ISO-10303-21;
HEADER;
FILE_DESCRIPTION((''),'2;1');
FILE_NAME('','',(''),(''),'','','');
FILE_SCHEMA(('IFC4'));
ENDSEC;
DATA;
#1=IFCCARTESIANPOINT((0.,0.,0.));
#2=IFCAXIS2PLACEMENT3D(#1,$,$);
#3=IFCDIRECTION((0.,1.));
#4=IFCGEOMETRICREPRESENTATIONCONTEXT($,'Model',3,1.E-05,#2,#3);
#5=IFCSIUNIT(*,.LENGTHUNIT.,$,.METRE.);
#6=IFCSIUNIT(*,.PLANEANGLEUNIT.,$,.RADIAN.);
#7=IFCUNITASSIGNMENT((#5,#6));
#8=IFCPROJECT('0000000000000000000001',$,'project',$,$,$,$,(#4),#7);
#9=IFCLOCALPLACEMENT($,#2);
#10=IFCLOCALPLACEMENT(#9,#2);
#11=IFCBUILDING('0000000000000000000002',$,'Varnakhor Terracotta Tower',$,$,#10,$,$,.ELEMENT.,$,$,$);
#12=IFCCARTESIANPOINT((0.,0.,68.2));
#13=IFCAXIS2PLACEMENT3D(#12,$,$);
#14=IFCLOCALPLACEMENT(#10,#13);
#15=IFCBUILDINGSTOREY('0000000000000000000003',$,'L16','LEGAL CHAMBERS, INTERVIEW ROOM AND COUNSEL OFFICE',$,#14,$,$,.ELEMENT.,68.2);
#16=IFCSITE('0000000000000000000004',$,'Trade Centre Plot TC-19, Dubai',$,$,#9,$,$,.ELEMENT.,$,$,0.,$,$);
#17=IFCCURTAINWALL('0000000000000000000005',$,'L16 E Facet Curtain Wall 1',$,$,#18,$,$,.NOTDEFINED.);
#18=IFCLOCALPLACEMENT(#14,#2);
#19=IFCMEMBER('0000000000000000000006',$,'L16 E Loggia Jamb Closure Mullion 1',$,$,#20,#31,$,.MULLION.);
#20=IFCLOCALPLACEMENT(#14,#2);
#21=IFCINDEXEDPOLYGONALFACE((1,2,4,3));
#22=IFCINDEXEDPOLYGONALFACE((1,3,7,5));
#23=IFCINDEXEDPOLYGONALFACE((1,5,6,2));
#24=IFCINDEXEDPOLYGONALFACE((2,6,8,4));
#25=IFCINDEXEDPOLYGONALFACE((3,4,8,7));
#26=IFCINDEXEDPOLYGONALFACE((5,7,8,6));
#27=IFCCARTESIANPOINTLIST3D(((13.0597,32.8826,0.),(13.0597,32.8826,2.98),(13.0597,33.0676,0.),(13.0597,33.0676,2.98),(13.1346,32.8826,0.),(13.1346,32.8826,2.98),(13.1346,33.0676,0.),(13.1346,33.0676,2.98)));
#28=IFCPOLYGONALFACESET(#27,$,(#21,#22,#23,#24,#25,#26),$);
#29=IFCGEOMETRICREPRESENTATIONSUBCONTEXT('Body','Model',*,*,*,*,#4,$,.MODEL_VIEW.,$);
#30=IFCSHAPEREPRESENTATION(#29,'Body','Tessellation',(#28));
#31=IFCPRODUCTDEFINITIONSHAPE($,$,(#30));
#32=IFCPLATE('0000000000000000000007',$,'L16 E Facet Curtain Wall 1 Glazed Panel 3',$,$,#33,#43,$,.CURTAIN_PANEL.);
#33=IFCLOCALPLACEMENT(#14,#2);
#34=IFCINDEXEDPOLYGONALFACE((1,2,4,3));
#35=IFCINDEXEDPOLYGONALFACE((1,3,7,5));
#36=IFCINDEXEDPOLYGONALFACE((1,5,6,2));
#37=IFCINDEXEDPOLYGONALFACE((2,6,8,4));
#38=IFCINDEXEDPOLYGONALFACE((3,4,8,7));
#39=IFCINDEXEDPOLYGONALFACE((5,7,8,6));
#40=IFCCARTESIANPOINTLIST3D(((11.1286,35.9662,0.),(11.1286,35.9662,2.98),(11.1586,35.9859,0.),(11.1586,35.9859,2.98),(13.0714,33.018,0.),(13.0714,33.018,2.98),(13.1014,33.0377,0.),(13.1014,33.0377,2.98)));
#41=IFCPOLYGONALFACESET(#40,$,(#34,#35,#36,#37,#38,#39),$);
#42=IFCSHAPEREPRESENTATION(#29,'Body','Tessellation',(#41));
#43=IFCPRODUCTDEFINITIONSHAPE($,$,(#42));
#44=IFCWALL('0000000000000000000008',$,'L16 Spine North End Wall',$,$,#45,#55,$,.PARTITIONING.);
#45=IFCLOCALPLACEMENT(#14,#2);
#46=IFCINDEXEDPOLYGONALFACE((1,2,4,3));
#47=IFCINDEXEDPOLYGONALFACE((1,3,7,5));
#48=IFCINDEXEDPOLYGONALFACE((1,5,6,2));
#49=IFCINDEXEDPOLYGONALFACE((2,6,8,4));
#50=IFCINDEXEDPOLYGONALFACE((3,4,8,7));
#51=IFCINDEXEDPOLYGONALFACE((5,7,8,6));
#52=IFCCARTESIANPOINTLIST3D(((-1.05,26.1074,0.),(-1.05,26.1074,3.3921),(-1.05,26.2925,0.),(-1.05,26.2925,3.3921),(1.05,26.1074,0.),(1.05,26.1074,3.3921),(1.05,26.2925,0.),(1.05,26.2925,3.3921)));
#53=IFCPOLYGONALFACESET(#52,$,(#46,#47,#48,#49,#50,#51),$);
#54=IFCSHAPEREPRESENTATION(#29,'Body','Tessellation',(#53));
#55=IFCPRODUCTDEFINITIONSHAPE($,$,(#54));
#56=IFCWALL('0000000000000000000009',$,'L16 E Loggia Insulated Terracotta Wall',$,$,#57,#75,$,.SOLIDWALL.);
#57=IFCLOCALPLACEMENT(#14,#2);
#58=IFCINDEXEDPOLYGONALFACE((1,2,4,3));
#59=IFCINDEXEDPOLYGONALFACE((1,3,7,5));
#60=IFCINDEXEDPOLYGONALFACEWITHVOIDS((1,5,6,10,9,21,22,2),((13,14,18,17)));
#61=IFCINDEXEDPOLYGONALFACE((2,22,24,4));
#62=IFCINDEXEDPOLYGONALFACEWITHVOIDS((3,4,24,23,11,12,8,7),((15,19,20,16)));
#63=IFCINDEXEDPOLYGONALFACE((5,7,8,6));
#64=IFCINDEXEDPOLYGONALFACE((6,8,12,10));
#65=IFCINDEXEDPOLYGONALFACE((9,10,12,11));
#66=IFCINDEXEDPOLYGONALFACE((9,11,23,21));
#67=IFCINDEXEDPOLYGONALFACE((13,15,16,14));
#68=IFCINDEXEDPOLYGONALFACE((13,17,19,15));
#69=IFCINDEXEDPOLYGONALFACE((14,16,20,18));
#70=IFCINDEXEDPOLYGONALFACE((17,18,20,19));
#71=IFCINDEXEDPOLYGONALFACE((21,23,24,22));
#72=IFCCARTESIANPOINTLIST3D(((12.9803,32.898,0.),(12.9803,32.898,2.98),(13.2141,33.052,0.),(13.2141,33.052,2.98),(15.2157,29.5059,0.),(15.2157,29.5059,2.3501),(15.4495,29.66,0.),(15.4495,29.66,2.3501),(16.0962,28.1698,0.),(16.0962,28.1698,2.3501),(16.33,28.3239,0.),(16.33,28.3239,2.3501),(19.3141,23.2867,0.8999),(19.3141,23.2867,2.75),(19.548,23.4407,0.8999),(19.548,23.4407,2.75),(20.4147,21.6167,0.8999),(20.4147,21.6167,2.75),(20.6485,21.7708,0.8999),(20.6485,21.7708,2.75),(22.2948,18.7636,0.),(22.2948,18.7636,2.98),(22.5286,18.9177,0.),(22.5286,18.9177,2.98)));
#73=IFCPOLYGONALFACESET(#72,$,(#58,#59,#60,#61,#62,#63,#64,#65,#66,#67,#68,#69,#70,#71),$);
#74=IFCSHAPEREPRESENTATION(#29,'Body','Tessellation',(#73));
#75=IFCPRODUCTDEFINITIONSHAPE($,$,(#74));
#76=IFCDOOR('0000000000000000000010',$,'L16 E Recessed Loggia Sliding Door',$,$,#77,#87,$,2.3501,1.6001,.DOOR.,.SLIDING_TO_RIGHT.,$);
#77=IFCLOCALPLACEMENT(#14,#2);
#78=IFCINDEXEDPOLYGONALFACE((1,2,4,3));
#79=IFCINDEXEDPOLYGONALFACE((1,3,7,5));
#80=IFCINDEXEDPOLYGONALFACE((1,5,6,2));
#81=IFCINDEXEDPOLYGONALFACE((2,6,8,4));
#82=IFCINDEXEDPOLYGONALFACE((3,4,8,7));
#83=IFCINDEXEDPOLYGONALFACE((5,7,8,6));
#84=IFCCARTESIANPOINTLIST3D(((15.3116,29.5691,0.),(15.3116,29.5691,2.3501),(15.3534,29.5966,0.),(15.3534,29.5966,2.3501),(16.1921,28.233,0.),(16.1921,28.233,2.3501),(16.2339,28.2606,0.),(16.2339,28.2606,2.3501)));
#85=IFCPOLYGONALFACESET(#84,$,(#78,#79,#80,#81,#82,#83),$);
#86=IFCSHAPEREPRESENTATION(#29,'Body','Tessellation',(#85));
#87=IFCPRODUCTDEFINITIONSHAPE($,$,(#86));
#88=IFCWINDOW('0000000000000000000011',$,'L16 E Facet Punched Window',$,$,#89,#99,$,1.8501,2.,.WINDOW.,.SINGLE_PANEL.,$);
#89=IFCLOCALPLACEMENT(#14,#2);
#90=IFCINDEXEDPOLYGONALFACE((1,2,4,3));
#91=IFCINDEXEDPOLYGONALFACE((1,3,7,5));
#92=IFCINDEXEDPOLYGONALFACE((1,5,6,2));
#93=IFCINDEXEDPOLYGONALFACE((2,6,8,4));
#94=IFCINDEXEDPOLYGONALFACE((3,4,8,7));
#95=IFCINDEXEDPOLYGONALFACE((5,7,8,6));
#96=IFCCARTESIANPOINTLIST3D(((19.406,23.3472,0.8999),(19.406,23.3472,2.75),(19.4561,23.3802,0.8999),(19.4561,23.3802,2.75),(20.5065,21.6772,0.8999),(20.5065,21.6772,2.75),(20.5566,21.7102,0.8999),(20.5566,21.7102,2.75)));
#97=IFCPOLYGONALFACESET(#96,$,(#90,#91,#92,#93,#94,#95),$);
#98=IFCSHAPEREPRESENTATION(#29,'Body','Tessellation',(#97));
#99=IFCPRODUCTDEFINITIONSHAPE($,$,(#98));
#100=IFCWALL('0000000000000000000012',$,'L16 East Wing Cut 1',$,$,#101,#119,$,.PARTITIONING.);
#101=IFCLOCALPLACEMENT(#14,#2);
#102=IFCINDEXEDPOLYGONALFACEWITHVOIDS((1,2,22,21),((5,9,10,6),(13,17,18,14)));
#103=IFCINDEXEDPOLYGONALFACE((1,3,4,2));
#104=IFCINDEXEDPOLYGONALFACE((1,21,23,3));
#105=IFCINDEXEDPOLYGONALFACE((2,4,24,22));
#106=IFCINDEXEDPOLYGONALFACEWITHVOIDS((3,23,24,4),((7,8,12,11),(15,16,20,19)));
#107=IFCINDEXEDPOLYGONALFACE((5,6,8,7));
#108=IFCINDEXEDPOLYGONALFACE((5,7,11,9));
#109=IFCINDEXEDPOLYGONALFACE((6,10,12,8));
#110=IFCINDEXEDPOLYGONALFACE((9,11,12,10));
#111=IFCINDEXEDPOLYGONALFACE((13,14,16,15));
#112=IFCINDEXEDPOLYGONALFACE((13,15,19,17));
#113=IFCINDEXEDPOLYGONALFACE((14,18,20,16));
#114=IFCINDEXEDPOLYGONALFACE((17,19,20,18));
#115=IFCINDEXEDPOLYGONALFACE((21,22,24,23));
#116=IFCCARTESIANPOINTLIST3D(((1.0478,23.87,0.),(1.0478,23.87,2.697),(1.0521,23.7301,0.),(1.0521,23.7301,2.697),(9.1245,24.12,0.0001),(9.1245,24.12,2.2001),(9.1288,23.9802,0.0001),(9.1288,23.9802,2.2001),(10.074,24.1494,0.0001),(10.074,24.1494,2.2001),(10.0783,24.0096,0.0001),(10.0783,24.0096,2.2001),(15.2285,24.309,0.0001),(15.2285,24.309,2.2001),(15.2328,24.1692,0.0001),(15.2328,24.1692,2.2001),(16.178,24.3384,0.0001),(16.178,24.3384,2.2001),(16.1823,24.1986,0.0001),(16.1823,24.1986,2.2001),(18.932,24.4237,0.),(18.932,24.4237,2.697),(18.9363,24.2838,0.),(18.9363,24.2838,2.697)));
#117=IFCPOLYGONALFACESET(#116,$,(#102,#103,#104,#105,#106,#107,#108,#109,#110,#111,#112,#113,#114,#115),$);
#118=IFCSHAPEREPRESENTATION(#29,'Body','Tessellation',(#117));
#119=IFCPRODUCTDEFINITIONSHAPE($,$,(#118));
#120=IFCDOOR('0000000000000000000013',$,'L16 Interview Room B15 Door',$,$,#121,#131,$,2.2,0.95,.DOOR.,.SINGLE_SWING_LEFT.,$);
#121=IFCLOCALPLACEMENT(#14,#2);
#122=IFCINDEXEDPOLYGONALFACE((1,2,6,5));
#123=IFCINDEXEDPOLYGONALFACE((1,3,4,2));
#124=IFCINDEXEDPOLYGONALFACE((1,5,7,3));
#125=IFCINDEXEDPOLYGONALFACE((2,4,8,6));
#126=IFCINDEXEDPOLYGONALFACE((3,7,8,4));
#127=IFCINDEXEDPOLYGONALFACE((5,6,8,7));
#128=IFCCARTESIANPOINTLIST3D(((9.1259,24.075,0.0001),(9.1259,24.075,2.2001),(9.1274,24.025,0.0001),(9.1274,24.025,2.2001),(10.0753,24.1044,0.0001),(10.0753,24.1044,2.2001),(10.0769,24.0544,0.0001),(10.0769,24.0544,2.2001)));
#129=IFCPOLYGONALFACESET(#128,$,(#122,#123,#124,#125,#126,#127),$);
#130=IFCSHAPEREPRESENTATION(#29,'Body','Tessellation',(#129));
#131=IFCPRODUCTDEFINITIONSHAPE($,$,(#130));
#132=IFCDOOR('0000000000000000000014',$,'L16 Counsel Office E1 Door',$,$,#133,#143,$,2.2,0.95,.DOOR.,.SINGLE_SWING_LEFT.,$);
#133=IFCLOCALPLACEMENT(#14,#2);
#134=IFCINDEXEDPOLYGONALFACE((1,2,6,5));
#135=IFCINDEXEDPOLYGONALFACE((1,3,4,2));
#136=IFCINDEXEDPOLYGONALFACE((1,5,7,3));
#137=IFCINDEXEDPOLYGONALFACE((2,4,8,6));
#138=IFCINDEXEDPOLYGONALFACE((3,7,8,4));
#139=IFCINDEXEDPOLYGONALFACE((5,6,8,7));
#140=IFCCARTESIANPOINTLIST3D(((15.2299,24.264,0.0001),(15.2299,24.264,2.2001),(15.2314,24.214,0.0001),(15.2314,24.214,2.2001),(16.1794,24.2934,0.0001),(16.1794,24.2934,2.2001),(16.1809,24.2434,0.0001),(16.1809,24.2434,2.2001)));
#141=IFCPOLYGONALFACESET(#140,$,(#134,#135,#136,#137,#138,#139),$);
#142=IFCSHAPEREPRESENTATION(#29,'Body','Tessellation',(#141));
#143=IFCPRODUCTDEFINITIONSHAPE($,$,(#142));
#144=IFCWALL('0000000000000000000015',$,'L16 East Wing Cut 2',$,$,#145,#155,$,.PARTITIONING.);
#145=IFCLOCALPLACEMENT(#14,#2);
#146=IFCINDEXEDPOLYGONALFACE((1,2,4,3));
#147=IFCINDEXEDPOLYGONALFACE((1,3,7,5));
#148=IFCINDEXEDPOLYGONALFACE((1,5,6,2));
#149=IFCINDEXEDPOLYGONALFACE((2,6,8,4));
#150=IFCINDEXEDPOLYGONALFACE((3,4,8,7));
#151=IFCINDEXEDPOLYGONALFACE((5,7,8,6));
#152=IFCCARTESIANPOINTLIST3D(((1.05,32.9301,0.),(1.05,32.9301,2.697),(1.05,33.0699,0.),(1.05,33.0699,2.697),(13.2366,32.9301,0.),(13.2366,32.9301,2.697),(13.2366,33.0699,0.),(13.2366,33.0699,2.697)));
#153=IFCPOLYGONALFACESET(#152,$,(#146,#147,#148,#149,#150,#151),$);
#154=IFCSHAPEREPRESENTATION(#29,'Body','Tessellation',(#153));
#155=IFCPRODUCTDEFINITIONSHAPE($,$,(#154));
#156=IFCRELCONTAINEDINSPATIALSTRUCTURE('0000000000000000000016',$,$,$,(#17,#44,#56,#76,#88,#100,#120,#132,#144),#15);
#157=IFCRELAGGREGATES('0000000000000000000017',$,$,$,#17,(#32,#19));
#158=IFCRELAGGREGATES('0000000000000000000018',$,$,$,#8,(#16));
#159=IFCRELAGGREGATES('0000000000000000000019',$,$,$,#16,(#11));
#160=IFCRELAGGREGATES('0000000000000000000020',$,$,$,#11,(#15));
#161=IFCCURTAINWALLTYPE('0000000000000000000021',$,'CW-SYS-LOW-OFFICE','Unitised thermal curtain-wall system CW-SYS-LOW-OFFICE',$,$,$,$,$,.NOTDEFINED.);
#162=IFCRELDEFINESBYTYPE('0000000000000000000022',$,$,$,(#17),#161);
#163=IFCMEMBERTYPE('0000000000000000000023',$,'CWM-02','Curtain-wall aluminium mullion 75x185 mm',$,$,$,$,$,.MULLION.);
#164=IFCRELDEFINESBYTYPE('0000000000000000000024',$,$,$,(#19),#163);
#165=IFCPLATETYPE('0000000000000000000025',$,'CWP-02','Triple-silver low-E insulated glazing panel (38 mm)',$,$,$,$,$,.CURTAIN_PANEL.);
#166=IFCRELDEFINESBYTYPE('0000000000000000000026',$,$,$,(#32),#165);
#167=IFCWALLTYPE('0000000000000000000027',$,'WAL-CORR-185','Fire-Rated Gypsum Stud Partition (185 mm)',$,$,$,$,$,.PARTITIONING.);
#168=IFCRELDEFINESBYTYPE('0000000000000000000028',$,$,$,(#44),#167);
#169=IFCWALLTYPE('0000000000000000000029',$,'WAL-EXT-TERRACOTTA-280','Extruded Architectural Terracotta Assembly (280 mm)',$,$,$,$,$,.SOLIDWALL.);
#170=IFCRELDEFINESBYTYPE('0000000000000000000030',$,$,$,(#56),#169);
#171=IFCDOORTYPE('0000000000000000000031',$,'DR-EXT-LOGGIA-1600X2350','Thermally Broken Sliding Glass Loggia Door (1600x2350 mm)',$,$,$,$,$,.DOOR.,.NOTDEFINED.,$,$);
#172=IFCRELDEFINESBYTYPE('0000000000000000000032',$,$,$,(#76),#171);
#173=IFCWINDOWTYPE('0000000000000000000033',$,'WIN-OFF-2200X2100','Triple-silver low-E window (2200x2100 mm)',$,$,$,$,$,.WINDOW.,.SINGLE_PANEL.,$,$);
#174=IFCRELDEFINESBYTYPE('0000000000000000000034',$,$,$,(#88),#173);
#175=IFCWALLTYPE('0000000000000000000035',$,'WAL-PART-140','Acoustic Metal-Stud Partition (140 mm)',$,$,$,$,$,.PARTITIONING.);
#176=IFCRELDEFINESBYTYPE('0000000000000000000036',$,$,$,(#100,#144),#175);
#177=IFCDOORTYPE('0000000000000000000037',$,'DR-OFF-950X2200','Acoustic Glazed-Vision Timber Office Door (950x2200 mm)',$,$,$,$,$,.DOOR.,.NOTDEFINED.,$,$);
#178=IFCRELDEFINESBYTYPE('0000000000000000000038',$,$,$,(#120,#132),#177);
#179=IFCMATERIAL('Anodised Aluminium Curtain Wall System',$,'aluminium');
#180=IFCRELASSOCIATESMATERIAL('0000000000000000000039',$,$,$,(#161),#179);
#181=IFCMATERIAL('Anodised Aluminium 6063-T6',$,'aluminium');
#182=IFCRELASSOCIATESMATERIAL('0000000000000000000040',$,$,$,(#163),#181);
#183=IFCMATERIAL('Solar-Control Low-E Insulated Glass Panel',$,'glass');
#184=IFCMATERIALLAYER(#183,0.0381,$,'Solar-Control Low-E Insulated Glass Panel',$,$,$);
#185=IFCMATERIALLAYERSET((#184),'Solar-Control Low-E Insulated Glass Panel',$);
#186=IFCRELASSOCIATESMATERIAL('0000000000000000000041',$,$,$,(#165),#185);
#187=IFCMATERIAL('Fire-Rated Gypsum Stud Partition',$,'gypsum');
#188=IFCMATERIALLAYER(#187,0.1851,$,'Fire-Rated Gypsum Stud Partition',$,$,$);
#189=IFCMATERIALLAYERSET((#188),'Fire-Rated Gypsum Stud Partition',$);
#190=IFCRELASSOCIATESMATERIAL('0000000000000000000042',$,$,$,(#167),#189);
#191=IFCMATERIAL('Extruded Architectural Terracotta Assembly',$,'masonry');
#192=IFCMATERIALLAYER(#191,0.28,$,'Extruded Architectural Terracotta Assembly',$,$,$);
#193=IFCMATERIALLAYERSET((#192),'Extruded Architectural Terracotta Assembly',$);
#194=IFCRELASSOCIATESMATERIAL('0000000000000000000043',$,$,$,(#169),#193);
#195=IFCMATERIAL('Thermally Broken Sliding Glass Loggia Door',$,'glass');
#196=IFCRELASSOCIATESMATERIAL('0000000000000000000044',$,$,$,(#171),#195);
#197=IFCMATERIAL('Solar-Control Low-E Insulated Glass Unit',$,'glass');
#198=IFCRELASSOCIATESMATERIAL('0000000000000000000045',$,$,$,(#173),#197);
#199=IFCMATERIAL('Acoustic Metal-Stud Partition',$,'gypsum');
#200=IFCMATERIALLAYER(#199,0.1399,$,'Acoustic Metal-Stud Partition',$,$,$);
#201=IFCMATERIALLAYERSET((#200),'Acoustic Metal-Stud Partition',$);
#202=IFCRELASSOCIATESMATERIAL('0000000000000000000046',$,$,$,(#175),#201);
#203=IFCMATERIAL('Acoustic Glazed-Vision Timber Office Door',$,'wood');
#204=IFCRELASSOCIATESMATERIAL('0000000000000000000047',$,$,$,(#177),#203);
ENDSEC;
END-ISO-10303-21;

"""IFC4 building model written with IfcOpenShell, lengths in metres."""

from ifc_helpers import new_model, si_unit, direction, frame, frame_2d, origin, origin_2d, place, context, subcontext, project, spatial, rectangle, extrude, source, transform, mapped, material, layer, layer_set, material_profile, profile_set, type_object, type_shapes, element, fill, aggregate, save


model = new_model("IFC4")

# Units and contexts
model_context = context("Model", 3, precision=1e-05, world=origin(), true_north=direction((0.0, 1.0)))
body_context = subcontext(model_context, "Body", "Model", "MODEL_VIEW")
ifc_project = project(units=[si_unit("LENGTHUNIT", "METRE"), si_unit("PLANEANGLEUNIT", "RADIAN")], contexts=[model_context])

# Site, building, storey
site_placement = place(None, origin())
site = spatial("IfcSite", under=ifc_project, at=site_placement, Name="Trade Centre Plot TC-19, Dubai", CompositionType="ELEMENT", RefElevation=0.0)
building_placement = place(site_placement, origin())
building = spatial("IfcBuilding", under=site, at=building_placement, Name="Varnakhor Terracotta Tower", CompositionType="ELEMENT")
storey_placement = place(building_placement, frame((0.0, 0.0, 68.2)))
storey = spatial("IfcBuildingStorey", under=building, at=storey_placement, Name="L16", Description="LEGAL CHAMBERS, INTERVIEW ROOM AND COUNSEL OFFICE", CompositionType="ELEMENT", Elevation=68.2)

# Curtain wall, member, plate
ifc_material_1 = material(Name="Anodised Aluminium Curtain Wall System", Category="aluminium")
curtain_wall_type = type_object("IfcCurtainWallType", Name="CW-SYS-LOW-OFFICE", Description="Unitised thermal curtain-wall system CW-SYS-LOW-OFFICE", PredefinedType="NOTDEFINED", material=ifc_material_1)
curtain_wall_placement = place(storey_placement, origin())
curtain_wall = element("IfcCurtainWall", 1, at=curtain_wall_placement, inside=storey, type_object=curtain_wall_type, Name="L16 E Facet Curtain Wall 1", PredefinedType="NOTDEFINED")
ifc_material_2 = material(Name="Anodised Aluminium 6063-T6", Category="aluminium")
ifc_material_profile_1 = material_profile(ifc_material_2, rectangle(XDim=0.075, YDim=0.1851, at=origin_2d()), Name="ALU MULLION 75x185")
ifc_profile_set_1 = profile_set([ifc_material_profile_1], Name="Anodised Aluminium 6063-T6")
member_type = type_object("IfcMemberType", Name="CWM-02", Description="Curtain-wall aluminium mullion 75x185 mm", PredefinedType="MULLION", material=ifc_profile_set_1)
shared_shape_1 = source(origin(), body_context, "Body", "SweptSolid", [
    extrude(rectangle(XDim=0.075, YDim=0.1851, at=origin_2d()), origin(), (0.0, 0.0, 1.0), 2.98),
])
member_placement = place(storey_placement, frame((13.0972, 32.9751, 0.0), z_axis=(0.0, 0.0, 1.0), x_axis=(1.0, 0.0, 0.0)))
member = element("IfcMember", 2, at=member_placement, type_object=member_type, Name="L16 E Loggia Jamb Closure Mullion 1", PredefinedType="MULLION", context=body_context, shape_type="MappedRepresentation", body=[
    mapped(shared_shape_1, transform((0.0, 0.0, 0.0), scale=1.0)),
])
ifc_material_3 = material(Name="Solar-Control Low-E Insulated Glass Panel", Category="glass")
ifc_layer_1 = layer(ifc_material_3, 0.0381, Name="Solar-Control Low-E Insulated Glass Panel")
ifc_layer_set_1 = layer_set([ifc_layer_1], Name="Solar-Control Low-E Insulated Glass Panel")
plate_type = type_object("IfcPlateType", Name="CWP-02", Description="Triple-silver low-E insulated glazing panel (38 mm)", PredefinedType="CURTAIN_PANEL", material=ifc_layer_set_1)
shared_shape_2 = source(origin(), body_context, "Body", "SweptSolid", [
    extrude(rectangle(XDim=3.5308, YDim=0.0359, at=origin_2d()), origin(), (0.0, 0.0, 1.0), 2.98),
])
plate_placement = place(storey_placement, frame((12.115, 34.502, 0.0), z_axis=(0.0, 0.0, 1.0), x_axis=(0.550248, -0.835002, 0.0)))
plate = element("IfcPlate", 3, at=plate_placement, type_object=plate_type, Name="L16 E Facet Curtain Wall 1 Glazed Panel 3", PredefinedType="CURTAIN_PANEL", context=body_context, shape_type="MappedRepresentation", body=[
    mapped(shared_shape_2, transform((0.0, 0.0, 0.0), scale=1.0)),
])
aggregate(curtain_wall, [plate, member])

# Wall
ifc_material_4 = material(Name="Fire-Rated Gypsum Stud Partition", Category="gypsum")
ifc_layer_2 = layer(ifc_material_4, 0.1851, Name="Fire-Rated Gypsum Stud Partition")
ifc_layer_set_2 = layer_set([ifc_layer_2], Name="Fire-Rated Gypsum Stud Partition")
wall_type_1 = type_object("IfcWallType", Name="WAL-CORR-185", Description="Fire-Rated Gypsum Stud Partition (185 mm)", PredefinedType="PARTITIONING", material=ifc_layer_set_2)
wall_1_placement = place(storey_placement, frame((-1.05, 26.2, 0.0), z_axis=(0.0, 0.0, 1.0), x_axis=(1.0, 0.0, 0.0)))
element("IfcWall", 4, at=wall_1_placement, inside=storey, type_object=wall_type_1, Name="L16 Spine North End Wall", PredefinedType="PARTITIONING", context=body_context, shape_type="SweptSolid", body=[
    extrude(rectangle(XDim=2.1001, YDim=0.1851, at=frame_2d((1.05, 0.0))), origin(), (0.0, 0.0, 1.0), 3.3921),
])

# Wall, openings, door, window
ifc_material_5 = material(Name="Extruded Architectural Terracotta Assembly", Category="masonry")
ifc_layer_3 = layer(ifc_material_5, 0.28, Name="Extruded Architectural Terracotta Assembly")
ifc_layer_set_3 = layer_set([ifc_layer_3], Name="Extruded Architectural Terracotta Assembly")
wall_type_2 = type_object("IfcWallType", Name="WAL-EXT-TERRACOTTA-280", Description="Extruded Architectural Terracotta Assembly (280 mm)", PredefinedType="SOLIDWALL", material=ifc_layer_set_3)
wall_2_placement = place(storey_placement, frame((13.0972, 32.9751, 0.0), z_axis=(0.0, 0.0, 1.0), x_axis=(0.550259, -0.834994, 0.0)))
wall_2 = element("IfcWall", 5, at=wall_2_placement, inside=storey, type_object=wall_type_2, Name="L16 E Loggia Insulated Terracotta Wall", PredefinedType="SOLIDWALL", context=body_context, shape_type="SweptSolid", body=[
    extrude(rectangle(XDim=16.9275, YDim=0.28, at=frame_2d((8.4639, 0.0))), origin(), (0.0, 0.0, 1.0), 2.98),
])
opening_1_placement = place(wall_2_placement, frame((4.0625, 0.0, 0.0)))
opening_1 = element("IfcOpeningElement", 6, at=opening_1_placement, cuts=wall_2, PredefinedType="OPENING", context=body_context, shape_type="SweptSolid", body=[
    extrude(rectangle(XDim=1.6001, YDim=2.3501, at=frame_2d((0.8, 1.175))), frame((0.0, 0.1499, 0.0), z_axis=(0.0, -1.0, 0.0), x_axis=(1.0, 0.0, 0.0)), (0.0, 0.0, 1.0), 0.3),
])
opening_2_placement = place(wall_2_placement, frame((11.5107, 0.0, 0.8999)))
opening_2 = element("IfcOpeningElement", 7, at=opening_2_placement, cuts=wall_2, PredefinedType="OPENING", context=body_context, shape_type="SweptSolid", body=[
    extrude(rectangle(XDim=2.0, YDim=1.8501, at=frame_2d((1.0, 0.925))), frame((0.0, 0.1499, 0.0), z_axis=(0.0, -1.0, 0.0), x_axis=(1.0, 0.0, 0.0)), (0.0, 0.0, 1.0), 0.3),
])
ifc_material_6 = material(Name="Thermally Broken Sliding Glass Loggia Door", Category="glass")
door_type_1 = type_object("IfcDoorType", Name="DR-EXT-LOGGIA-1600X2350", Description="Thermally Broken Sliding Glass Loggia Door (1600x2350 mm)", OperationType="NOTDEFINED", PredefinedType="DOOR", material=ifc_material_6)
shared_shape_3 = source(origin(), body_context, "Body", "SweptSolid", [
    extrude(rectangle(XDim=1.6001, YDim=2.3501, at=frame_2d((0.8, 1.175))), frame((0.0, 0.0249, 0.0), z_axis=(0.0, -1.0, 0.0), x_axis=(1.0, 0.0, 0.0)), (0.0, 0.0, 1.0), 0.05),
])
type_shapes(door_type_1, [shared_shape_3])
door_1_placement = place(opening_1_placement, origin())
door_1 = element("IfcDoor", 8, at=door_1_placement, inside=storey, type_object=door_type_1, Name="L16 E Recessed Loggia Sliding Door", OperationType="SLIDING_TO_RIGHT", OverallHeight=2.3501, OverallWidth=1.6001, PredefinedType="DOOR", context=body_context, shape_type="MappedRepresentation", body=[
    mapped(shared_shape_3, transform((0.0, 0.0, 0.0), scale=1.0)),
])
fill(opening_1, door_1)
ifc_material_7 = material(Name="Solar-Control Low-E Insulated Glass Unit", Category="glass")
window_type = type_object("IfcWindowType", Name="WIN-OFF-2200X2100", Description="Triple-silver low-E window (2200x2100 mm)", PartitioningType="SINGLE_PANEL", PredefinedType="WINDOW", material=ifc_material_7)
shared_shape_4 = source(origin(), body_context, "Body", "SweptSolid", [
    extrude(rectangle(XDim=2.0, YDim=1.8501, at=frame_2d((1.0, 0.925))), frame((0.0, 0.03, 0.0), z_axis=(0.0, -1.0, 0.0), x_axis=(1.0, 0.0, 0.0)), (0.0, 0.0, 1.0), 0.0601),
])
type_shapes(window_type, [shared_shape_4])
window_placement = place(opening_2_placement, origin())
window = element("IfcWindow", 9, at=window_placement, inside=storey, type_object=window_type, Name="L16 E Facet Punched Window", OverallHeight=1.8501, OverallWidth=2.0, PartitioningType="SINGLE_PANEL", PredefinedType="WINDOW", context=body_context, shape_type="MappedRepresentation", body=[
    mapped(shared_shape_4, transform((0.0, 0.0, 0.0), scale=1.0)),
])
fill(opening_2, window)

# Wall, openings, doors
ifc_material_8 = material(Name="Acoustic Metal-Stud Partition", Category="gypsum")
ifc_layer_4 = layer(ifc_material_8, 0.1399, Name="Acoustic Metal-Stud Partition")
ifc_layer_set_4 = layer_set([ifc_layer_4], Name="Acoustic Metal-Stud Partition")
wall_type_3 = type_object("IfcWallType", Name="WAL-PART-140", Description="Acoustic Metal-Stud Partition (140 mm)", PredefinedType="PARTITIONING", material=ifc_layer_set_4)
wall_3_placement = place(storey_placement, frame((1.05, 23.8, 0.0), z_axis=(0.0, 0.0, 1.0), x_axis=(0.999521, 0.030946, 0.0)))
wall_3 = element("IfcWall", 10, at=wall_3_placement, inside=storey, type_object=wall_type_3, Name="L16 East Wing Cut 1", PredefinedType="PARTITIONING", context=body_context, shape_type="SweptSolid", body=[
    extrude(rectangle(XDim=17.8928, YDim=0.1399, at=frame_2d((8.9463, 0.0))), origin(), (0.0, 0.0, 1.0), 2.697),
])
opening_3_placement = place(wall_3_placement, frame((8.0803, 0.0, 0.0)))
opening_3 = element("IfcOpeningElement", 11, at=opening_3_placement, cuts=wall_3, PredefinedType="OPENING", context=body_context, shape_type="SweptSolid", body=[
    extrude(rectangle(XDim=0.95, YDim=2.2, at=frame_2d((0.4751, 1.1001))), frame((0.0, 0.0801, 0.0), z_axis=(0.0, -1.0, 0.0), x_axis=(1.0, 0.0, 0.0)), (0.0, 0.0, 1.0), 0.1599),
])
opening_4_placement = place(wall_3_placement, frame((14.1873, 0.0, 0.0)))
opening_4 = element("IfcOpeningElement", 12, at=opening_4_placement, cuts=wall_3, PredefinedType="OPENING", context=body_context, shape_type="SweptSolid", body=[
    extrude(rectangle(XDim=0.95, YDim=2.2, at=frame_2d((0.4751, 1.1001))), frame((0.0, 0.0801, 0.0), z_axis=(0.0, -1.0, 0.0), x_axis=(1.0, 0.0, 0.0)), (0.0, 0.0, 1.0), 0.1599),
])
ifc_material_9 = material(Name="Acoustic Glazed-Vision Timber Office Door", Category="wood")
door_type_2 = type_object("IfcDoorType", Name="DR-OFF-950X2200", Description="Acoustic Glazed-Vision Timber Office Door (950x2200 mm)", OperationType="NOTDEFINED", PredefinedType="DOOR", material=ifc_material_9)
shared_shape_5 = source(origin(), body_context, "Body", "SweptSolid", [
    extrude(rectangle(XDim=0.95, YDim=2.2, at=frame_2d((0.4751, 1.1001))), frame((0.0, 0.0249, 0.0), z_axis=(0.0, -1.0, 0.0), x_axis=(1.0, 0.0, 0.0)), (0.0, 0.0, 1.0), 0.05),
])
type_shapes(door_type_2, [shared_shape_5])
door_2_placement = place(opening_3_placement, origin())
door_2 = element("IfcDoor", 13, at=door_2_placement, inside=storey, type_object=door_type_2, Name="L16 Interview Room B15 Door", OperationType="SINGLE_SWING_LEFT", OverallHeight=2.2, OverallWidth=0.95, PredefinedType="DOOR", context=body_context, shape_type="MappedRepresentation", body=[
    mapped(shared_shape_5, transform((0.0, 0.0, 0.0), scale=1.0)),
])
fill(opening_3, door_2)
door_3_placement = place(opening_4_placement, origin())
door_3 = element("IfcDoor", 14, at=door_3_placement, inside=storey, type_object=door_type_2, Name="L16 Counsel Office E1 Door", OperationType="SINGLE_SWING_LEFT", OverallHeight=2.2, OverallWidth=0.95, PredefinedType="DOOR", context=body_context, shape_type="MappedRepresentation", body=[
    mapped(shared_shape_5, transform((0.0, 0.0, 0.0), scale=1.0)),
])
fill(opening_4, door_3)

# Wall
wall_4_placement = place(storey_placement, frame((1.05, 33.0, 0.0), z_axis=(0.0, 0.0, 1.0), x_axis=(1.0, 0.0, 0.0)))
element("IfcWall", 15, at=wall_4_placement, inside=storey, type_object=wall_type_3, Name="L16 East Wing Cut 2", PredefinedType="PARTITIONING", context=body_context, shape_type="SweptSolid", body=[
    extrude(rectangle(XDim=12.1865, YDim=0.1399, at=frame_2d((6.0933, 0.0))), origin(), (0.0, 0.0, 1.0), 2.697),
])

save(model, "model.ifc")
